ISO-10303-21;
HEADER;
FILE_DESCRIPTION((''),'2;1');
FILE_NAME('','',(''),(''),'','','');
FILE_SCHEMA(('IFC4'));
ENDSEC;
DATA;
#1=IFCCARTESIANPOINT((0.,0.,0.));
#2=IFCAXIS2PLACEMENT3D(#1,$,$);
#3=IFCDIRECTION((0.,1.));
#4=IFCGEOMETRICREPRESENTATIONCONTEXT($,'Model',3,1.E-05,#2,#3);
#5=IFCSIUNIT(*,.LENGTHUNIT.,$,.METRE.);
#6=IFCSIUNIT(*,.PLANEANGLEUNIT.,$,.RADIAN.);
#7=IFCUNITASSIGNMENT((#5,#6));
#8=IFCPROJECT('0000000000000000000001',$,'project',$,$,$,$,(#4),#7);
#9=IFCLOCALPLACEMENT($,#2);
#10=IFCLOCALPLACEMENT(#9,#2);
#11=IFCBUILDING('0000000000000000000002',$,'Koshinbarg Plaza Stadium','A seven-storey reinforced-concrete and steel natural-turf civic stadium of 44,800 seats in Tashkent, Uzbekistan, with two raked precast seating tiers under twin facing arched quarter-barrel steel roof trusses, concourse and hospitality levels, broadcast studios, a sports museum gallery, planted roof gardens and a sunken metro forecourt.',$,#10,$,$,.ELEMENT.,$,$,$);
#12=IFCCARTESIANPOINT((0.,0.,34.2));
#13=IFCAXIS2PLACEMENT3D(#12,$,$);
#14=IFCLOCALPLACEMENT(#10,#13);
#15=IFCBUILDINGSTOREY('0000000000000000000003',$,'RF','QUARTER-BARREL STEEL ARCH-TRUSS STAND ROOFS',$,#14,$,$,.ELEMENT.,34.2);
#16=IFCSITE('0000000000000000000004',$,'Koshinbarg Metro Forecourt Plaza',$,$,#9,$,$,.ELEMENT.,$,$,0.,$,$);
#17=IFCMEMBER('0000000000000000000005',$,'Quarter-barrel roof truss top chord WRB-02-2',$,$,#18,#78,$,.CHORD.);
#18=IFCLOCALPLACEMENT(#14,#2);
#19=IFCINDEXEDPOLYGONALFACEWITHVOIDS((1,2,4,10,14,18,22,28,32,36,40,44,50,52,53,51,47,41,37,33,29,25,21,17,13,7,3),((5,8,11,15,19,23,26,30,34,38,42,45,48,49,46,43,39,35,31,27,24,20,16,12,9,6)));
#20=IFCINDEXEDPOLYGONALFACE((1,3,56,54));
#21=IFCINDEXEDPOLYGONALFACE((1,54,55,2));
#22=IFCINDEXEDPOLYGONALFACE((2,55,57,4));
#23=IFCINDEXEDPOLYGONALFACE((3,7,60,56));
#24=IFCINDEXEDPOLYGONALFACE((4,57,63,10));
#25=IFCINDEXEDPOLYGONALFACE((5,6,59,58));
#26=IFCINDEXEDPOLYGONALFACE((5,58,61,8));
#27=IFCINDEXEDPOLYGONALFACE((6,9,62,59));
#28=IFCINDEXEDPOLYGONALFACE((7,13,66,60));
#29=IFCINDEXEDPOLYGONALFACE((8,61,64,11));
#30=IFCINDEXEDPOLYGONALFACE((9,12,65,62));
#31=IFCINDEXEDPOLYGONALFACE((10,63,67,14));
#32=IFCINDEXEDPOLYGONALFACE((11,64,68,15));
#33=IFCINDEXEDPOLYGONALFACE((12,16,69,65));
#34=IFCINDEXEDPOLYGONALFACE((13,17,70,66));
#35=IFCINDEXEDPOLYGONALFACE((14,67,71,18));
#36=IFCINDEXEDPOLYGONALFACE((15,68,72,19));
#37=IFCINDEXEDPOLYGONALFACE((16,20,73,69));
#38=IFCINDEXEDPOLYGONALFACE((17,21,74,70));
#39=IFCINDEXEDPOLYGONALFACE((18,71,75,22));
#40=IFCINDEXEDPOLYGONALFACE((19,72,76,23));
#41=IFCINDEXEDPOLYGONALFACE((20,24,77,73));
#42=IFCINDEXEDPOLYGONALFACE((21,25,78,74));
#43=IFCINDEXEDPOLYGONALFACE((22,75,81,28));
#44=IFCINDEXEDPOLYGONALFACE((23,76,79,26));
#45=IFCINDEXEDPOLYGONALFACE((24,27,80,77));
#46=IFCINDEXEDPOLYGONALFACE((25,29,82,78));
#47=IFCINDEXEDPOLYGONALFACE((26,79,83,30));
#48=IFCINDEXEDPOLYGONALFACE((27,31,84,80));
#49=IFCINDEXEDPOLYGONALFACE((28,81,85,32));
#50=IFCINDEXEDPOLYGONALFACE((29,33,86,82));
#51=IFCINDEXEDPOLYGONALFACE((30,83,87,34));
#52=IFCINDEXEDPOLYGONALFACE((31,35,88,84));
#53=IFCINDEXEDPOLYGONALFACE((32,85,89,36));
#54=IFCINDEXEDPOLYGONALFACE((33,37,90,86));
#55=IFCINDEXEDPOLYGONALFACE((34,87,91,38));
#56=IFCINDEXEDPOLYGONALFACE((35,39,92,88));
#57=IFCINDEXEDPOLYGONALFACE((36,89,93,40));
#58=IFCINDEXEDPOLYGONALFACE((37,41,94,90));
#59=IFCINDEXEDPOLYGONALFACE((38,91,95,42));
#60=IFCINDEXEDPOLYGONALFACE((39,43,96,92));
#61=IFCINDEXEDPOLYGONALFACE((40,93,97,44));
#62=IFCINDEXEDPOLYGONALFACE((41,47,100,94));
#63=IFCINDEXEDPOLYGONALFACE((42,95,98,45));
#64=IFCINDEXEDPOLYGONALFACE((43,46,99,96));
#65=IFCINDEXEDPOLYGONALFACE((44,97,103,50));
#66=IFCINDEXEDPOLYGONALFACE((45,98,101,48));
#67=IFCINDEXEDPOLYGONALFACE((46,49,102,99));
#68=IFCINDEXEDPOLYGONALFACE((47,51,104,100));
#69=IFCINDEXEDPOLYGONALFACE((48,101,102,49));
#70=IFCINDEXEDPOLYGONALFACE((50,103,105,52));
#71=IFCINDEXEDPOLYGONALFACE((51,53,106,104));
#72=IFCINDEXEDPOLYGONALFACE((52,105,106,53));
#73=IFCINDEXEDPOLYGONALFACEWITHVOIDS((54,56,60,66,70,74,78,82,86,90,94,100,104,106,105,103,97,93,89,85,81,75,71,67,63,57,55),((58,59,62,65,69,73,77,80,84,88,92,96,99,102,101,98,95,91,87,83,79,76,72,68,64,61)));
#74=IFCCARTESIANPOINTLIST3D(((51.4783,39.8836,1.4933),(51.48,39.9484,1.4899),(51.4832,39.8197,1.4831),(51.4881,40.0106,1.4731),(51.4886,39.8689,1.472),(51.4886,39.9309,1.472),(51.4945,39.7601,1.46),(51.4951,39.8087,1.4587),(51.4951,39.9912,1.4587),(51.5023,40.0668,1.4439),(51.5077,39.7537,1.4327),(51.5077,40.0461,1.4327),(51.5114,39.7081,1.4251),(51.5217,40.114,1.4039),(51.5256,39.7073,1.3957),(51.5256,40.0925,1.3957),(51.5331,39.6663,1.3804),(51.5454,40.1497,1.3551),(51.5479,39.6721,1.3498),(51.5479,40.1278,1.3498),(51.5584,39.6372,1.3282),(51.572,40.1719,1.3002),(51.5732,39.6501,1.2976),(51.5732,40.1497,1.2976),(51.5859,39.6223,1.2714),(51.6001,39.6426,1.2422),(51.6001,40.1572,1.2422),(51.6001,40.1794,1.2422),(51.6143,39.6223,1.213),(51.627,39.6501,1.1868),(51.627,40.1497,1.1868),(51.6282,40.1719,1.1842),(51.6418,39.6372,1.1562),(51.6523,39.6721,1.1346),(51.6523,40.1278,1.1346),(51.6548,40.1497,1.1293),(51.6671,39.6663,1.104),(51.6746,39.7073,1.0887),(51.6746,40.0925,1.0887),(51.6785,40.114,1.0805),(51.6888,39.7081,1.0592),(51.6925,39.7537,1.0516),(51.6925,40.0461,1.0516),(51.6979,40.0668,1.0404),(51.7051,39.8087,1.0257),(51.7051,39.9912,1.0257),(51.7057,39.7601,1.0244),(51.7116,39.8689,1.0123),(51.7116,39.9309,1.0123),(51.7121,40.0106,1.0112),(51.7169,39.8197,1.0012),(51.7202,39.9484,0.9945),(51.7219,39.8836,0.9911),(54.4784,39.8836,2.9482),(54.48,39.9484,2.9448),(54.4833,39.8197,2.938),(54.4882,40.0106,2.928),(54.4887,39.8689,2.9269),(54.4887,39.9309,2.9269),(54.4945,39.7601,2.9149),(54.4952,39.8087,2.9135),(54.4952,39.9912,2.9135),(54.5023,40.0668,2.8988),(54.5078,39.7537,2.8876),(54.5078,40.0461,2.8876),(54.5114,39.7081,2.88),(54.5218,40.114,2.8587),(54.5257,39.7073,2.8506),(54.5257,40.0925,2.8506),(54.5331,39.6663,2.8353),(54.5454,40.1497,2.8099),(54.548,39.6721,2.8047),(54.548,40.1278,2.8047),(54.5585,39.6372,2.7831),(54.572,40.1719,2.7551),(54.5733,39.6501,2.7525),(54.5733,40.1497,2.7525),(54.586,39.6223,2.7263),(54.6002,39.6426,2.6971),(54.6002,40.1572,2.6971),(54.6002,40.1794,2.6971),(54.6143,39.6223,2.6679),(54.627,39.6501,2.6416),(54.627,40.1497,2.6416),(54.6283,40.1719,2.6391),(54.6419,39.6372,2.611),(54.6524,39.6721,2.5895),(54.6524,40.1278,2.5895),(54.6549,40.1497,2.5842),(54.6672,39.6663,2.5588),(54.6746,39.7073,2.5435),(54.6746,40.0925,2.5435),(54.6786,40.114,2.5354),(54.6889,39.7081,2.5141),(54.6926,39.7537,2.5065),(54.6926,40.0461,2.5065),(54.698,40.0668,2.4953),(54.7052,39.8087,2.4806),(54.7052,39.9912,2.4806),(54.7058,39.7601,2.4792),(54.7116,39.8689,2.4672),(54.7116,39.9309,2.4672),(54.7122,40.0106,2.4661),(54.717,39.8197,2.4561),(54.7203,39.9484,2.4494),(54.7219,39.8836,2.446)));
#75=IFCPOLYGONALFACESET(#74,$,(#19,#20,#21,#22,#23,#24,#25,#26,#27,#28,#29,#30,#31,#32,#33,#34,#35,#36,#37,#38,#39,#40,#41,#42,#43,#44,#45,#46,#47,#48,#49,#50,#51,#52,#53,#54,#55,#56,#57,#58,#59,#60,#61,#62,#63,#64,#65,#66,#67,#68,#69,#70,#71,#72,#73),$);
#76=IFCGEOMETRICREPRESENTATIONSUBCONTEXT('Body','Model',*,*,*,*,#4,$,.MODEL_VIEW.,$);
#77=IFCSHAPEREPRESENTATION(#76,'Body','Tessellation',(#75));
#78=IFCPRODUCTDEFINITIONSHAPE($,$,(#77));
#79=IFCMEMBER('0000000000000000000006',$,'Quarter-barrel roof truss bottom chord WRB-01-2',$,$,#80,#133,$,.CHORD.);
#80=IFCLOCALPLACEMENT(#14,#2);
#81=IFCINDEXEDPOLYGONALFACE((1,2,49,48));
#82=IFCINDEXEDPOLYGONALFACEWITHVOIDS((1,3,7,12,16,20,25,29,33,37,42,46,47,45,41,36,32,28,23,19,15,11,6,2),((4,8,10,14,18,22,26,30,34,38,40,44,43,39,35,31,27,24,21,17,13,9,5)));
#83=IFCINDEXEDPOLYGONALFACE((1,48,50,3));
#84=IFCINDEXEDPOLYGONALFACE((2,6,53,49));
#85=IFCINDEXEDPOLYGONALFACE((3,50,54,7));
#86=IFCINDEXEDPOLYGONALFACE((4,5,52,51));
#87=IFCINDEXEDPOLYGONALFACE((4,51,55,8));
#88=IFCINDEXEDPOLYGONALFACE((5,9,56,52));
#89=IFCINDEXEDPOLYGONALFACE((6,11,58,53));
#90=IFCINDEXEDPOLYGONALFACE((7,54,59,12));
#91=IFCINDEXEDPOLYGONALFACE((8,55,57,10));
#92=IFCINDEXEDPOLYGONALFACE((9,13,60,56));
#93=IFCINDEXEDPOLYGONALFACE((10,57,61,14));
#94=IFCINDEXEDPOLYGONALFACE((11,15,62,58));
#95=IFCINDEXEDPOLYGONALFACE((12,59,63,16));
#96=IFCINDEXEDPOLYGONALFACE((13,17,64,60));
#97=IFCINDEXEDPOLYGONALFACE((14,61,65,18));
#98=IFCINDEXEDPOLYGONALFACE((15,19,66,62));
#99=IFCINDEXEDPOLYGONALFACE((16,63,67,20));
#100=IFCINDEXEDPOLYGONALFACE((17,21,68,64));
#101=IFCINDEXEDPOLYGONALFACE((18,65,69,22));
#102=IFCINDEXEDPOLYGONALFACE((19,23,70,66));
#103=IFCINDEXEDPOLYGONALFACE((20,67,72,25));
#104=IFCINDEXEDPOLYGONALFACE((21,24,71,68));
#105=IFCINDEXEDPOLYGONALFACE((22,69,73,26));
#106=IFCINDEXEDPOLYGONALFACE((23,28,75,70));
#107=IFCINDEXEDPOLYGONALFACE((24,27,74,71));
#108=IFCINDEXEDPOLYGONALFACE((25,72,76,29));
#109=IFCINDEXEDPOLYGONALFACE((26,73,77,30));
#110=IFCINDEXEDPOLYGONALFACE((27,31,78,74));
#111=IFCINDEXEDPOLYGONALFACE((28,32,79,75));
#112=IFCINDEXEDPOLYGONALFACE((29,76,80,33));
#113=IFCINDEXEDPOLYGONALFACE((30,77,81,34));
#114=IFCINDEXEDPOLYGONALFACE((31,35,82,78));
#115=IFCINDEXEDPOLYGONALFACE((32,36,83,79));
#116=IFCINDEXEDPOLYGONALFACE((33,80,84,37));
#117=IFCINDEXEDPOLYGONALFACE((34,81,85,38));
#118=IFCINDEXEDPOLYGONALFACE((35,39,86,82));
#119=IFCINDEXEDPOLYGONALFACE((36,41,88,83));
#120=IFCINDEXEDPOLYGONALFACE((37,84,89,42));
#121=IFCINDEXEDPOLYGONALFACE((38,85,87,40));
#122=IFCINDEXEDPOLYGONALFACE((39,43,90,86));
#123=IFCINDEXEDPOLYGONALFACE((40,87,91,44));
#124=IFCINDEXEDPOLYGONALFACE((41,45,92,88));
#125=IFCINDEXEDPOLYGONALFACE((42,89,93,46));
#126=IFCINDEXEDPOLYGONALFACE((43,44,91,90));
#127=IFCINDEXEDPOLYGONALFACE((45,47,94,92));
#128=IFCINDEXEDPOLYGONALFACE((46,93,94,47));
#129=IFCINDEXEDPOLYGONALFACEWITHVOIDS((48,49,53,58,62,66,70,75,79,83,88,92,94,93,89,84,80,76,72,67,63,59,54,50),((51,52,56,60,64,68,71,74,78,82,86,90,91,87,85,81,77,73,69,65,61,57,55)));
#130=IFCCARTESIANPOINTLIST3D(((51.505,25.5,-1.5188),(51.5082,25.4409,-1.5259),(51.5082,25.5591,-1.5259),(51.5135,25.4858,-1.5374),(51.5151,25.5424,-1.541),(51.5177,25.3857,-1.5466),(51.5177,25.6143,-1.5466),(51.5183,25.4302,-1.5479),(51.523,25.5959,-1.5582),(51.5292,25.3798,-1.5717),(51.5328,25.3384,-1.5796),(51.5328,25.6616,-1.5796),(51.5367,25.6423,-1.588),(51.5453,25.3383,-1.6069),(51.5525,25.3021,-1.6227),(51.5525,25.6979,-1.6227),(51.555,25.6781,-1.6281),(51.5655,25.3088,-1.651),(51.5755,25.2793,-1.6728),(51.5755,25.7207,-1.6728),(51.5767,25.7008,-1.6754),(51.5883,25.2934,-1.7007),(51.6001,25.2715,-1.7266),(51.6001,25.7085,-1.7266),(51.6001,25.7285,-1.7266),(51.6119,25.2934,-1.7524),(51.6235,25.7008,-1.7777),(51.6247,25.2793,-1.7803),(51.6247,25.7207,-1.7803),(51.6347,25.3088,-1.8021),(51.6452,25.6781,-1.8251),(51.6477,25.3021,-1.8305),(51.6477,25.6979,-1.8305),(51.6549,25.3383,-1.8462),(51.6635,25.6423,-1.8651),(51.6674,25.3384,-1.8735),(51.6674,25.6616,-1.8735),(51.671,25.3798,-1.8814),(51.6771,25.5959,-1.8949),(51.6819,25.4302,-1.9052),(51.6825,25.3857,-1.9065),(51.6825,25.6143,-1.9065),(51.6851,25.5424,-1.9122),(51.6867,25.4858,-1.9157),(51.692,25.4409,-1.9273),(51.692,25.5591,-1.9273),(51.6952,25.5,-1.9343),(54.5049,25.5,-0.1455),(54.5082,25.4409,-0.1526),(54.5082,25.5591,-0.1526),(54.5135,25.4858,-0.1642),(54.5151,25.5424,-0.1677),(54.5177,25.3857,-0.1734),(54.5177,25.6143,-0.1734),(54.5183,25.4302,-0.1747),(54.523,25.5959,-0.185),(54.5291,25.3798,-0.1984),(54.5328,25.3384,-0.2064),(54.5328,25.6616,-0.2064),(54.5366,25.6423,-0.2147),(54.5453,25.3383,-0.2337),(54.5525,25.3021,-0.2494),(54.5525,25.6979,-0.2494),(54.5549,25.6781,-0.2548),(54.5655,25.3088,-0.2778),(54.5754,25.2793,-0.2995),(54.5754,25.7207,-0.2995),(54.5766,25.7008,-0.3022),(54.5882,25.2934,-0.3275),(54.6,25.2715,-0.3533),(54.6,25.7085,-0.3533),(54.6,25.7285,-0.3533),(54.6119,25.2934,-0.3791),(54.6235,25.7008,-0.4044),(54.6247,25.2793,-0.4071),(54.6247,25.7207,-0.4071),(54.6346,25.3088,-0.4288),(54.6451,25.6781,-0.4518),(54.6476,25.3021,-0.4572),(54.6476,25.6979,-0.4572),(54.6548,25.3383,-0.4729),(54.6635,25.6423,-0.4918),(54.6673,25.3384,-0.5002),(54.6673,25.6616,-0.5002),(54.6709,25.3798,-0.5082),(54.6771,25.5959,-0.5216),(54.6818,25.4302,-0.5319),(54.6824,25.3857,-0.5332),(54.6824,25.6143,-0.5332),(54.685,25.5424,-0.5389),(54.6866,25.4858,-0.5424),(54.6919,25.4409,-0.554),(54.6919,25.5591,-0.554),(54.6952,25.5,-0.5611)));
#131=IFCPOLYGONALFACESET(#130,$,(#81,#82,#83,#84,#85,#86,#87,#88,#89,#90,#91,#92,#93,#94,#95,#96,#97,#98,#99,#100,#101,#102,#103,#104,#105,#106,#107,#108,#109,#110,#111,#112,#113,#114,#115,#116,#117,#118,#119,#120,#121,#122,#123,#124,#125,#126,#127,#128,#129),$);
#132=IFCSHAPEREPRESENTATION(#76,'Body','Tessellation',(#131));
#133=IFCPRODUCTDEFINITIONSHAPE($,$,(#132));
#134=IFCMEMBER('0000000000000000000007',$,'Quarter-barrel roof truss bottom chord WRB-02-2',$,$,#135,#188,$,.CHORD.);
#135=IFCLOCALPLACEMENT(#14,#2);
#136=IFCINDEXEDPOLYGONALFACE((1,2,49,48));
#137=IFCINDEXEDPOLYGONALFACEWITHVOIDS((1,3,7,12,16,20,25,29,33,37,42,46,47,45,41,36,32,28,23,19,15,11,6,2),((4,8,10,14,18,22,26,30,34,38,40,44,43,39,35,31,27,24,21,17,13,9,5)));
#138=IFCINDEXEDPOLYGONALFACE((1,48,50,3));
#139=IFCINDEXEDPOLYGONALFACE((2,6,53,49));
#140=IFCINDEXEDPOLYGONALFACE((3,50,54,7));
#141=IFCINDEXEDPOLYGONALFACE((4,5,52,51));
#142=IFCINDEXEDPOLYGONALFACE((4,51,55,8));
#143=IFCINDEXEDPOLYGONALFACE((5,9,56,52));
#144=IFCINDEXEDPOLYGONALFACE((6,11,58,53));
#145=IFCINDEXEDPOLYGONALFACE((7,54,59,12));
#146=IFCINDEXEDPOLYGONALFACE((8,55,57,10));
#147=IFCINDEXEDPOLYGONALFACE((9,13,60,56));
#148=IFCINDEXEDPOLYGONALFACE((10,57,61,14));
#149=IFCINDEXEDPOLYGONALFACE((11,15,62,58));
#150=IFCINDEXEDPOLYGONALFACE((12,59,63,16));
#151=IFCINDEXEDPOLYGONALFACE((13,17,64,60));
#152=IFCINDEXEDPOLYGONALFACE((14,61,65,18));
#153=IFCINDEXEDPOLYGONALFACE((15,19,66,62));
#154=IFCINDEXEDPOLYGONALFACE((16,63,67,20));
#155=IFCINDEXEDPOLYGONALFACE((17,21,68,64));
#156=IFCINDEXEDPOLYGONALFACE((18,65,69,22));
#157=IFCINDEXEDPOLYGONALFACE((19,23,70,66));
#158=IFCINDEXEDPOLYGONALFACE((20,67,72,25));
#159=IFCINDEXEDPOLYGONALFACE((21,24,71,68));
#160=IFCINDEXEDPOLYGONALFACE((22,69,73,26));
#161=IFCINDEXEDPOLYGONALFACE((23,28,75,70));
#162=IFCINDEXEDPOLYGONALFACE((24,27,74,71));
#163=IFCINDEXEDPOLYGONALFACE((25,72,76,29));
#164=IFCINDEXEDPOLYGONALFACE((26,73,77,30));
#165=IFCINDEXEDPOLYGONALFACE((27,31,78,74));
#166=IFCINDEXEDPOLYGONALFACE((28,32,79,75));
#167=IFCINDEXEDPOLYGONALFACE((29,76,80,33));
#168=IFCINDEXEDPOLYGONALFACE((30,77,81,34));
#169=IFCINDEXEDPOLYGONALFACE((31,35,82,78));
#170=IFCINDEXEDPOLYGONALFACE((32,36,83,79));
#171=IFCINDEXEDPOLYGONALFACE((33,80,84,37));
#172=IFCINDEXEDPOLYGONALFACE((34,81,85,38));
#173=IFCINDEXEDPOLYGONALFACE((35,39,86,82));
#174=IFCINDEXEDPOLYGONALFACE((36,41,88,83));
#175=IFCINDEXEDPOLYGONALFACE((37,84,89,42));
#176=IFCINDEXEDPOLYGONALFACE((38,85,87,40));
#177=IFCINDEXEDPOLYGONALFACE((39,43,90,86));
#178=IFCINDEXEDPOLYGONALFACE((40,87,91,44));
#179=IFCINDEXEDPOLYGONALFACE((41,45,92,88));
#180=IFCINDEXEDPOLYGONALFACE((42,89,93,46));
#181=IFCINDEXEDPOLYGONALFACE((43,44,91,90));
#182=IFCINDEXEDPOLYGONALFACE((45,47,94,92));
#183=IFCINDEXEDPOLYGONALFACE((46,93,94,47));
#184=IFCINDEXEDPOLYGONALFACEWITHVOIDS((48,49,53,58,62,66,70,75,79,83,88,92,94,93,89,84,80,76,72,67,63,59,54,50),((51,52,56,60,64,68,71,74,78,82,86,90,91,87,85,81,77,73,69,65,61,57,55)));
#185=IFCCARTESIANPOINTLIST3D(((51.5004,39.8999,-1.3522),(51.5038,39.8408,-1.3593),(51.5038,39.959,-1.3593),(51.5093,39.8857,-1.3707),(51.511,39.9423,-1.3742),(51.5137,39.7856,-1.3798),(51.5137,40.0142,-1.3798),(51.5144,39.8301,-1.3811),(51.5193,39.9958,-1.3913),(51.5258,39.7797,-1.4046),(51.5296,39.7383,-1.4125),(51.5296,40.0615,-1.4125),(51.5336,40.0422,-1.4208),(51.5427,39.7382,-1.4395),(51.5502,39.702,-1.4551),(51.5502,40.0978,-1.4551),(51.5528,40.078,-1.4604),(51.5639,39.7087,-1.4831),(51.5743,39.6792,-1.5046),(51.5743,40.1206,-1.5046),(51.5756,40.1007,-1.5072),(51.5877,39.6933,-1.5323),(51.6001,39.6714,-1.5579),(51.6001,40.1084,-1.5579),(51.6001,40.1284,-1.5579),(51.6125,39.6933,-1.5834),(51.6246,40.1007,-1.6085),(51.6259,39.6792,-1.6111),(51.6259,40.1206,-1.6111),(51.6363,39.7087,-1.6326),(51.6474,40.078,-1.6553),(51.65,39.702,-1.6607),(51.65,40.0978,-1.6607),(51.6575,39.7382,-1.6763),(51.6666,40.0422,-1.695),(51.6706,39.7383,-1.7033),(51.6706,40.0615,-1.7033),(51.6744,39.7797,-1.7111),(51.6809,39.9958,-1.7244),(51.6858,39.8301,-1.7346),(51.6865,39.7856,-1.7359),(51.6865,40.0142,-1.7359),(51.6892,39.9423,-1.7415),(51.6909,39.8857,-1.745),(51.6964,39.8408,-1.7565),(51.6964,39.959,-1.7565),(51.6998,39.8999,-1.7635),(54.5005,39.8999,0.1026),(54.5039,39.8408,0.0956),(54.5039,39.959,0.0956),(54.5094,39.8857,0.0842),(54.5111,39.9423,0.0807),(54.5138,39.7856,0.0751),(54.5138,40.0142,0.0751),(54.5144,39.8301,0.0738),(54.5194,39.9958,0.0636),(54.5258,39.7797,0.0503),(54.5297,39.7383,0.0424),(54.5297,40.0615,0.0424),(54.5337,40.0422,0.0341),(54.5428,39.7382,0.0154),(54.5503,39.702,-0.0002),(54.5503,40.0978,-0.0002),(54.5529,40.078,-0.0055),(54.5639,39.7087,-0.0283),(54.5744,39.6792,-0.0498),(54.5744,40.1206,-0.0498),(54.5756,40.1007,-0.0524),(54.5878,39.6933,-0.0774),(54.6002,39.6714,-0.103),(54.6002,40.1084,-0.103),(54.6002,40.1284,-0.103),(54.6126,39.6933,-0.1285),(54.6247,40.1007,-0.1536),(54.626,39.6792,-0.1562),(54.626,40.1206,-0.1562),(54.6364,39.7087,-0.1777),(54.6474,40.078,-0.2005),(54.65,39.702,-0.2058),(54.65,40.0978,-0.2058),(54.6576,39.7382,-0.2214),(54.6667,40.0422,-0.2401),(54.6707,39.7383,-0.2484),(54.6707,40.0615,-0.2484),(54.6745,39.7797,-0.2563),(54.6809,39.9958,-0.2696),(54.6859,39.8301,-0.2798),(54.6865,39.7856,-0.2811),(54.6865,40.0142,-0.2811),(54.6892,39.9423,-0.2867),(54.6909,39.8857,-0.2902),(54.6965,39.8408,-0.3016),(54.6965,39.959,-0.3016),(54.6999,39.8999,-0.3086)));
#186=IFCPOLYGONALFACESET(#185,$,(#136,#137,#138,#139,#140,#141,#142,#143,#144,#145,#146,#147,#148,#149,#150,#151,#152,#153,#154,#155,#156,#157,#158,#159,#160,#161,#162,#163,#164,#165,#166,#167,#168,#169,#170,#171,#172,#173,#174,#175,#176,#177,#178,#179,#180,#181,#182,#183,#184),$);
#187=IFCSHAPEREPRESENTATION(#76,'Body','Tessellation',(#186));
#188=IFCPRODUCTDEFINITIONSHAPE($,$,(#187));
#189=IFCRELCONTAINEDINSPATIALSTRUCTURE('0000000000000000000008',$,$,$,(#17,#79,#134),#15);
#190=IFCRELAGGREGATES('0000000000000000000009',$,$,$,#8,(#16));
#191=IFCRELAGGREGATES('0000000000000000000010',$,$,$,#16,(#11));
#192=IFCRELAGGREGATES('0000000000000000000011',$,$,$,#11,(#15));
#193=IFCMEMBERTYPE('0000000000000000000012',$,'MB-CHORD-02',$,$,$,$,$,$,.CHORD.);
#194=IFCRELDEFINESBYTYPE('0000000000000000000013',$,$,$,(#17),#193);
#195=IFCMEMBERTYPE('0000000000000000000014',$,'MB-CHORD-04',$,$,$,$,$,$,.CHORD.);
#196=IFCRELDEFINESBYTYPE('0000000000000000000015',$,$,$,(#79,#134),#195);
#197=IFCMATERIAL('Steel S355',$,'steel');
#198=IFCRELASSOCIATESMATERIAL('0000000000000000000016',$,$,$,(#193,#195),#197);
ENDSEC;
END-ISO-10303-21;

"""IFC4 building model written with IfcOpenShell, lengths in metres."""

from ifc_helpers import new_model, si_unit, direction, frame, origin, origin_2d, place, context, subcontext, project, spatial, hollow_circle, extrude, material, material_profile, profile_set, type_object, element, save


model = new_model("IFC4")

# Units and contexts
model_context = context("Model", 3, precision=1e-05, world=origin(), true_north=direction((0.0, 1.0)))
body_context = subcontext(model_context, "Body", "Model", "MODEL_VIEW")
ifc_project = project(units=[si_unit("LENGTHUNIT", "METRE"), si_unit("PLANEANGLEUNIT", "RADIAN")], contexts=[model_context])

# Site, building, storey
site_placement = place(None, origin())
site = spatial("IfcSite", under=ifc_project, at=site_placement, Name="Koshinbarg Metro Forecourt Plaza", CompositionType="ELEMENT", RefElevation=0.0)
building_placement = place(site_placement, origin())
building = spatial("IfcBuilding", under=site, at=building_placement, Name="Koshinbarg Plaza Stadium", Description="A seven-storey reinforced-concrete and steel natural-turf civic stadium of 44,800 seats in Tashkent, Uzbekistan, with two raked precast seating tiers under twin facing arched quarter-barrel steel roof trusses, concourse and hospitality levels, broadcast studios, a sports museum gallery, planted roof gardens and a sunken metro forecourt.", CompositionType="ELEMENT")
storey_placement = place(building_placement, frame((0.0, 0.0, 34.2)))
storey = spatial("IfcBuildingStorey", under=building, at=storey_placement, Name="RF", Description="QUARTER-BARREL STEEL ARCH-TRUSS STAND ROOFS", CompositionType="ELEMENT", Elevation=34.2)

# Members
ifc_material_1 = material(Name="Steel S355", Category="steel")
ifc_material_profile_1 = material_profile(ifc_material_1, hollow_circle(Radius=0.2795, WallThickness=0.0222, at=origin_2d()), Name="CHS 559x22.2")
ifc_profile_set_1 = profile_set([ifc_material_profile_1], Name="Steel S355")
member_type_1 = type_object("IfcMemberType", Name="MB-CHORD-02", PredefinedType="CHORD", material=ifc_profile_set_1)
member_1_placement = place(storey_placement, frame((51.6001, 39.8999, 1.2422), z_axis=(0.89978, 0.0, 0.436344), x_axis=(0.0, 1.0, 0.0)))
element("IfcMember", 1, at=member_1_placement, inside=storey, type_object=member_type_1, Name="Quarter-barrel roof truss top chord WRB-02-2", PredefinedType="CHORD", context=body_context, shape_type="SweptSolid", body=[
    extrude(hollow_circle(Radius=0.2795, WallThickness=0.0222, at=origin_2d()), origin(), (0.0, 0.0, 1.0), 3.3342),
])
ifc_material_profile_2 = material_profile(ifc_material_1, hollow_circle(Radius=0.2285, WallThickness=0.02, at=origin_2d()), Name="CHS 457x20")
ifc_profile_set_2 = profile_set([ifc_material_profile_2], Name="Steel S355")
member_type_2 = type_object("IfcMemberType", Name="MB-CHORD-04", PredefinedType="CHORD", material=ifc_profile_set_2)
member_2_placement = place(storey_placement, frame((51.6001, 25.5, -1.7266), z_axis=(0.909261, 0.0, 0.416227), x_axis=(0.0, 1.0, 0.0)))
element("IfcMember", 2, at=member_2_placement, inside=storey, type_object=member_type_2, Name="Quarter-barrel roof truss bottom chord WRB-01-2", PredefinedType="CHORD", context=body_context, shape_type="SweptSolid", body=[
    extrude(hollow_circle(Radius=0.2285, WallThickness=0.02, at=origin_2d()), origin(), (0.0, 0.0, 1.0), 3.2993),
])
member_3_placement = place(storey_placement, frame((51.6001, 39.8999, -1.5579), z_axis=(0.89978, 0.0, 0.436344), x_axis=(0.0, 1.0, 0.0)))
element("IfcMember", 3, at=member_3_placement, inside=storey, type_object=member_type_2, Name="Quarter-barrel roof truss bottom chord WRB-02-2", PredefinedType="CHORD", context=body_context, shape_type="SweptSolid", body=[
    extrude(hollow_circle(Radius=0.2285, WallThickness=0.02, at=origin_2d()), origin(), (0.0, 0.0, 1.0), 3.3342),
])

save(model, "model.ifc")
